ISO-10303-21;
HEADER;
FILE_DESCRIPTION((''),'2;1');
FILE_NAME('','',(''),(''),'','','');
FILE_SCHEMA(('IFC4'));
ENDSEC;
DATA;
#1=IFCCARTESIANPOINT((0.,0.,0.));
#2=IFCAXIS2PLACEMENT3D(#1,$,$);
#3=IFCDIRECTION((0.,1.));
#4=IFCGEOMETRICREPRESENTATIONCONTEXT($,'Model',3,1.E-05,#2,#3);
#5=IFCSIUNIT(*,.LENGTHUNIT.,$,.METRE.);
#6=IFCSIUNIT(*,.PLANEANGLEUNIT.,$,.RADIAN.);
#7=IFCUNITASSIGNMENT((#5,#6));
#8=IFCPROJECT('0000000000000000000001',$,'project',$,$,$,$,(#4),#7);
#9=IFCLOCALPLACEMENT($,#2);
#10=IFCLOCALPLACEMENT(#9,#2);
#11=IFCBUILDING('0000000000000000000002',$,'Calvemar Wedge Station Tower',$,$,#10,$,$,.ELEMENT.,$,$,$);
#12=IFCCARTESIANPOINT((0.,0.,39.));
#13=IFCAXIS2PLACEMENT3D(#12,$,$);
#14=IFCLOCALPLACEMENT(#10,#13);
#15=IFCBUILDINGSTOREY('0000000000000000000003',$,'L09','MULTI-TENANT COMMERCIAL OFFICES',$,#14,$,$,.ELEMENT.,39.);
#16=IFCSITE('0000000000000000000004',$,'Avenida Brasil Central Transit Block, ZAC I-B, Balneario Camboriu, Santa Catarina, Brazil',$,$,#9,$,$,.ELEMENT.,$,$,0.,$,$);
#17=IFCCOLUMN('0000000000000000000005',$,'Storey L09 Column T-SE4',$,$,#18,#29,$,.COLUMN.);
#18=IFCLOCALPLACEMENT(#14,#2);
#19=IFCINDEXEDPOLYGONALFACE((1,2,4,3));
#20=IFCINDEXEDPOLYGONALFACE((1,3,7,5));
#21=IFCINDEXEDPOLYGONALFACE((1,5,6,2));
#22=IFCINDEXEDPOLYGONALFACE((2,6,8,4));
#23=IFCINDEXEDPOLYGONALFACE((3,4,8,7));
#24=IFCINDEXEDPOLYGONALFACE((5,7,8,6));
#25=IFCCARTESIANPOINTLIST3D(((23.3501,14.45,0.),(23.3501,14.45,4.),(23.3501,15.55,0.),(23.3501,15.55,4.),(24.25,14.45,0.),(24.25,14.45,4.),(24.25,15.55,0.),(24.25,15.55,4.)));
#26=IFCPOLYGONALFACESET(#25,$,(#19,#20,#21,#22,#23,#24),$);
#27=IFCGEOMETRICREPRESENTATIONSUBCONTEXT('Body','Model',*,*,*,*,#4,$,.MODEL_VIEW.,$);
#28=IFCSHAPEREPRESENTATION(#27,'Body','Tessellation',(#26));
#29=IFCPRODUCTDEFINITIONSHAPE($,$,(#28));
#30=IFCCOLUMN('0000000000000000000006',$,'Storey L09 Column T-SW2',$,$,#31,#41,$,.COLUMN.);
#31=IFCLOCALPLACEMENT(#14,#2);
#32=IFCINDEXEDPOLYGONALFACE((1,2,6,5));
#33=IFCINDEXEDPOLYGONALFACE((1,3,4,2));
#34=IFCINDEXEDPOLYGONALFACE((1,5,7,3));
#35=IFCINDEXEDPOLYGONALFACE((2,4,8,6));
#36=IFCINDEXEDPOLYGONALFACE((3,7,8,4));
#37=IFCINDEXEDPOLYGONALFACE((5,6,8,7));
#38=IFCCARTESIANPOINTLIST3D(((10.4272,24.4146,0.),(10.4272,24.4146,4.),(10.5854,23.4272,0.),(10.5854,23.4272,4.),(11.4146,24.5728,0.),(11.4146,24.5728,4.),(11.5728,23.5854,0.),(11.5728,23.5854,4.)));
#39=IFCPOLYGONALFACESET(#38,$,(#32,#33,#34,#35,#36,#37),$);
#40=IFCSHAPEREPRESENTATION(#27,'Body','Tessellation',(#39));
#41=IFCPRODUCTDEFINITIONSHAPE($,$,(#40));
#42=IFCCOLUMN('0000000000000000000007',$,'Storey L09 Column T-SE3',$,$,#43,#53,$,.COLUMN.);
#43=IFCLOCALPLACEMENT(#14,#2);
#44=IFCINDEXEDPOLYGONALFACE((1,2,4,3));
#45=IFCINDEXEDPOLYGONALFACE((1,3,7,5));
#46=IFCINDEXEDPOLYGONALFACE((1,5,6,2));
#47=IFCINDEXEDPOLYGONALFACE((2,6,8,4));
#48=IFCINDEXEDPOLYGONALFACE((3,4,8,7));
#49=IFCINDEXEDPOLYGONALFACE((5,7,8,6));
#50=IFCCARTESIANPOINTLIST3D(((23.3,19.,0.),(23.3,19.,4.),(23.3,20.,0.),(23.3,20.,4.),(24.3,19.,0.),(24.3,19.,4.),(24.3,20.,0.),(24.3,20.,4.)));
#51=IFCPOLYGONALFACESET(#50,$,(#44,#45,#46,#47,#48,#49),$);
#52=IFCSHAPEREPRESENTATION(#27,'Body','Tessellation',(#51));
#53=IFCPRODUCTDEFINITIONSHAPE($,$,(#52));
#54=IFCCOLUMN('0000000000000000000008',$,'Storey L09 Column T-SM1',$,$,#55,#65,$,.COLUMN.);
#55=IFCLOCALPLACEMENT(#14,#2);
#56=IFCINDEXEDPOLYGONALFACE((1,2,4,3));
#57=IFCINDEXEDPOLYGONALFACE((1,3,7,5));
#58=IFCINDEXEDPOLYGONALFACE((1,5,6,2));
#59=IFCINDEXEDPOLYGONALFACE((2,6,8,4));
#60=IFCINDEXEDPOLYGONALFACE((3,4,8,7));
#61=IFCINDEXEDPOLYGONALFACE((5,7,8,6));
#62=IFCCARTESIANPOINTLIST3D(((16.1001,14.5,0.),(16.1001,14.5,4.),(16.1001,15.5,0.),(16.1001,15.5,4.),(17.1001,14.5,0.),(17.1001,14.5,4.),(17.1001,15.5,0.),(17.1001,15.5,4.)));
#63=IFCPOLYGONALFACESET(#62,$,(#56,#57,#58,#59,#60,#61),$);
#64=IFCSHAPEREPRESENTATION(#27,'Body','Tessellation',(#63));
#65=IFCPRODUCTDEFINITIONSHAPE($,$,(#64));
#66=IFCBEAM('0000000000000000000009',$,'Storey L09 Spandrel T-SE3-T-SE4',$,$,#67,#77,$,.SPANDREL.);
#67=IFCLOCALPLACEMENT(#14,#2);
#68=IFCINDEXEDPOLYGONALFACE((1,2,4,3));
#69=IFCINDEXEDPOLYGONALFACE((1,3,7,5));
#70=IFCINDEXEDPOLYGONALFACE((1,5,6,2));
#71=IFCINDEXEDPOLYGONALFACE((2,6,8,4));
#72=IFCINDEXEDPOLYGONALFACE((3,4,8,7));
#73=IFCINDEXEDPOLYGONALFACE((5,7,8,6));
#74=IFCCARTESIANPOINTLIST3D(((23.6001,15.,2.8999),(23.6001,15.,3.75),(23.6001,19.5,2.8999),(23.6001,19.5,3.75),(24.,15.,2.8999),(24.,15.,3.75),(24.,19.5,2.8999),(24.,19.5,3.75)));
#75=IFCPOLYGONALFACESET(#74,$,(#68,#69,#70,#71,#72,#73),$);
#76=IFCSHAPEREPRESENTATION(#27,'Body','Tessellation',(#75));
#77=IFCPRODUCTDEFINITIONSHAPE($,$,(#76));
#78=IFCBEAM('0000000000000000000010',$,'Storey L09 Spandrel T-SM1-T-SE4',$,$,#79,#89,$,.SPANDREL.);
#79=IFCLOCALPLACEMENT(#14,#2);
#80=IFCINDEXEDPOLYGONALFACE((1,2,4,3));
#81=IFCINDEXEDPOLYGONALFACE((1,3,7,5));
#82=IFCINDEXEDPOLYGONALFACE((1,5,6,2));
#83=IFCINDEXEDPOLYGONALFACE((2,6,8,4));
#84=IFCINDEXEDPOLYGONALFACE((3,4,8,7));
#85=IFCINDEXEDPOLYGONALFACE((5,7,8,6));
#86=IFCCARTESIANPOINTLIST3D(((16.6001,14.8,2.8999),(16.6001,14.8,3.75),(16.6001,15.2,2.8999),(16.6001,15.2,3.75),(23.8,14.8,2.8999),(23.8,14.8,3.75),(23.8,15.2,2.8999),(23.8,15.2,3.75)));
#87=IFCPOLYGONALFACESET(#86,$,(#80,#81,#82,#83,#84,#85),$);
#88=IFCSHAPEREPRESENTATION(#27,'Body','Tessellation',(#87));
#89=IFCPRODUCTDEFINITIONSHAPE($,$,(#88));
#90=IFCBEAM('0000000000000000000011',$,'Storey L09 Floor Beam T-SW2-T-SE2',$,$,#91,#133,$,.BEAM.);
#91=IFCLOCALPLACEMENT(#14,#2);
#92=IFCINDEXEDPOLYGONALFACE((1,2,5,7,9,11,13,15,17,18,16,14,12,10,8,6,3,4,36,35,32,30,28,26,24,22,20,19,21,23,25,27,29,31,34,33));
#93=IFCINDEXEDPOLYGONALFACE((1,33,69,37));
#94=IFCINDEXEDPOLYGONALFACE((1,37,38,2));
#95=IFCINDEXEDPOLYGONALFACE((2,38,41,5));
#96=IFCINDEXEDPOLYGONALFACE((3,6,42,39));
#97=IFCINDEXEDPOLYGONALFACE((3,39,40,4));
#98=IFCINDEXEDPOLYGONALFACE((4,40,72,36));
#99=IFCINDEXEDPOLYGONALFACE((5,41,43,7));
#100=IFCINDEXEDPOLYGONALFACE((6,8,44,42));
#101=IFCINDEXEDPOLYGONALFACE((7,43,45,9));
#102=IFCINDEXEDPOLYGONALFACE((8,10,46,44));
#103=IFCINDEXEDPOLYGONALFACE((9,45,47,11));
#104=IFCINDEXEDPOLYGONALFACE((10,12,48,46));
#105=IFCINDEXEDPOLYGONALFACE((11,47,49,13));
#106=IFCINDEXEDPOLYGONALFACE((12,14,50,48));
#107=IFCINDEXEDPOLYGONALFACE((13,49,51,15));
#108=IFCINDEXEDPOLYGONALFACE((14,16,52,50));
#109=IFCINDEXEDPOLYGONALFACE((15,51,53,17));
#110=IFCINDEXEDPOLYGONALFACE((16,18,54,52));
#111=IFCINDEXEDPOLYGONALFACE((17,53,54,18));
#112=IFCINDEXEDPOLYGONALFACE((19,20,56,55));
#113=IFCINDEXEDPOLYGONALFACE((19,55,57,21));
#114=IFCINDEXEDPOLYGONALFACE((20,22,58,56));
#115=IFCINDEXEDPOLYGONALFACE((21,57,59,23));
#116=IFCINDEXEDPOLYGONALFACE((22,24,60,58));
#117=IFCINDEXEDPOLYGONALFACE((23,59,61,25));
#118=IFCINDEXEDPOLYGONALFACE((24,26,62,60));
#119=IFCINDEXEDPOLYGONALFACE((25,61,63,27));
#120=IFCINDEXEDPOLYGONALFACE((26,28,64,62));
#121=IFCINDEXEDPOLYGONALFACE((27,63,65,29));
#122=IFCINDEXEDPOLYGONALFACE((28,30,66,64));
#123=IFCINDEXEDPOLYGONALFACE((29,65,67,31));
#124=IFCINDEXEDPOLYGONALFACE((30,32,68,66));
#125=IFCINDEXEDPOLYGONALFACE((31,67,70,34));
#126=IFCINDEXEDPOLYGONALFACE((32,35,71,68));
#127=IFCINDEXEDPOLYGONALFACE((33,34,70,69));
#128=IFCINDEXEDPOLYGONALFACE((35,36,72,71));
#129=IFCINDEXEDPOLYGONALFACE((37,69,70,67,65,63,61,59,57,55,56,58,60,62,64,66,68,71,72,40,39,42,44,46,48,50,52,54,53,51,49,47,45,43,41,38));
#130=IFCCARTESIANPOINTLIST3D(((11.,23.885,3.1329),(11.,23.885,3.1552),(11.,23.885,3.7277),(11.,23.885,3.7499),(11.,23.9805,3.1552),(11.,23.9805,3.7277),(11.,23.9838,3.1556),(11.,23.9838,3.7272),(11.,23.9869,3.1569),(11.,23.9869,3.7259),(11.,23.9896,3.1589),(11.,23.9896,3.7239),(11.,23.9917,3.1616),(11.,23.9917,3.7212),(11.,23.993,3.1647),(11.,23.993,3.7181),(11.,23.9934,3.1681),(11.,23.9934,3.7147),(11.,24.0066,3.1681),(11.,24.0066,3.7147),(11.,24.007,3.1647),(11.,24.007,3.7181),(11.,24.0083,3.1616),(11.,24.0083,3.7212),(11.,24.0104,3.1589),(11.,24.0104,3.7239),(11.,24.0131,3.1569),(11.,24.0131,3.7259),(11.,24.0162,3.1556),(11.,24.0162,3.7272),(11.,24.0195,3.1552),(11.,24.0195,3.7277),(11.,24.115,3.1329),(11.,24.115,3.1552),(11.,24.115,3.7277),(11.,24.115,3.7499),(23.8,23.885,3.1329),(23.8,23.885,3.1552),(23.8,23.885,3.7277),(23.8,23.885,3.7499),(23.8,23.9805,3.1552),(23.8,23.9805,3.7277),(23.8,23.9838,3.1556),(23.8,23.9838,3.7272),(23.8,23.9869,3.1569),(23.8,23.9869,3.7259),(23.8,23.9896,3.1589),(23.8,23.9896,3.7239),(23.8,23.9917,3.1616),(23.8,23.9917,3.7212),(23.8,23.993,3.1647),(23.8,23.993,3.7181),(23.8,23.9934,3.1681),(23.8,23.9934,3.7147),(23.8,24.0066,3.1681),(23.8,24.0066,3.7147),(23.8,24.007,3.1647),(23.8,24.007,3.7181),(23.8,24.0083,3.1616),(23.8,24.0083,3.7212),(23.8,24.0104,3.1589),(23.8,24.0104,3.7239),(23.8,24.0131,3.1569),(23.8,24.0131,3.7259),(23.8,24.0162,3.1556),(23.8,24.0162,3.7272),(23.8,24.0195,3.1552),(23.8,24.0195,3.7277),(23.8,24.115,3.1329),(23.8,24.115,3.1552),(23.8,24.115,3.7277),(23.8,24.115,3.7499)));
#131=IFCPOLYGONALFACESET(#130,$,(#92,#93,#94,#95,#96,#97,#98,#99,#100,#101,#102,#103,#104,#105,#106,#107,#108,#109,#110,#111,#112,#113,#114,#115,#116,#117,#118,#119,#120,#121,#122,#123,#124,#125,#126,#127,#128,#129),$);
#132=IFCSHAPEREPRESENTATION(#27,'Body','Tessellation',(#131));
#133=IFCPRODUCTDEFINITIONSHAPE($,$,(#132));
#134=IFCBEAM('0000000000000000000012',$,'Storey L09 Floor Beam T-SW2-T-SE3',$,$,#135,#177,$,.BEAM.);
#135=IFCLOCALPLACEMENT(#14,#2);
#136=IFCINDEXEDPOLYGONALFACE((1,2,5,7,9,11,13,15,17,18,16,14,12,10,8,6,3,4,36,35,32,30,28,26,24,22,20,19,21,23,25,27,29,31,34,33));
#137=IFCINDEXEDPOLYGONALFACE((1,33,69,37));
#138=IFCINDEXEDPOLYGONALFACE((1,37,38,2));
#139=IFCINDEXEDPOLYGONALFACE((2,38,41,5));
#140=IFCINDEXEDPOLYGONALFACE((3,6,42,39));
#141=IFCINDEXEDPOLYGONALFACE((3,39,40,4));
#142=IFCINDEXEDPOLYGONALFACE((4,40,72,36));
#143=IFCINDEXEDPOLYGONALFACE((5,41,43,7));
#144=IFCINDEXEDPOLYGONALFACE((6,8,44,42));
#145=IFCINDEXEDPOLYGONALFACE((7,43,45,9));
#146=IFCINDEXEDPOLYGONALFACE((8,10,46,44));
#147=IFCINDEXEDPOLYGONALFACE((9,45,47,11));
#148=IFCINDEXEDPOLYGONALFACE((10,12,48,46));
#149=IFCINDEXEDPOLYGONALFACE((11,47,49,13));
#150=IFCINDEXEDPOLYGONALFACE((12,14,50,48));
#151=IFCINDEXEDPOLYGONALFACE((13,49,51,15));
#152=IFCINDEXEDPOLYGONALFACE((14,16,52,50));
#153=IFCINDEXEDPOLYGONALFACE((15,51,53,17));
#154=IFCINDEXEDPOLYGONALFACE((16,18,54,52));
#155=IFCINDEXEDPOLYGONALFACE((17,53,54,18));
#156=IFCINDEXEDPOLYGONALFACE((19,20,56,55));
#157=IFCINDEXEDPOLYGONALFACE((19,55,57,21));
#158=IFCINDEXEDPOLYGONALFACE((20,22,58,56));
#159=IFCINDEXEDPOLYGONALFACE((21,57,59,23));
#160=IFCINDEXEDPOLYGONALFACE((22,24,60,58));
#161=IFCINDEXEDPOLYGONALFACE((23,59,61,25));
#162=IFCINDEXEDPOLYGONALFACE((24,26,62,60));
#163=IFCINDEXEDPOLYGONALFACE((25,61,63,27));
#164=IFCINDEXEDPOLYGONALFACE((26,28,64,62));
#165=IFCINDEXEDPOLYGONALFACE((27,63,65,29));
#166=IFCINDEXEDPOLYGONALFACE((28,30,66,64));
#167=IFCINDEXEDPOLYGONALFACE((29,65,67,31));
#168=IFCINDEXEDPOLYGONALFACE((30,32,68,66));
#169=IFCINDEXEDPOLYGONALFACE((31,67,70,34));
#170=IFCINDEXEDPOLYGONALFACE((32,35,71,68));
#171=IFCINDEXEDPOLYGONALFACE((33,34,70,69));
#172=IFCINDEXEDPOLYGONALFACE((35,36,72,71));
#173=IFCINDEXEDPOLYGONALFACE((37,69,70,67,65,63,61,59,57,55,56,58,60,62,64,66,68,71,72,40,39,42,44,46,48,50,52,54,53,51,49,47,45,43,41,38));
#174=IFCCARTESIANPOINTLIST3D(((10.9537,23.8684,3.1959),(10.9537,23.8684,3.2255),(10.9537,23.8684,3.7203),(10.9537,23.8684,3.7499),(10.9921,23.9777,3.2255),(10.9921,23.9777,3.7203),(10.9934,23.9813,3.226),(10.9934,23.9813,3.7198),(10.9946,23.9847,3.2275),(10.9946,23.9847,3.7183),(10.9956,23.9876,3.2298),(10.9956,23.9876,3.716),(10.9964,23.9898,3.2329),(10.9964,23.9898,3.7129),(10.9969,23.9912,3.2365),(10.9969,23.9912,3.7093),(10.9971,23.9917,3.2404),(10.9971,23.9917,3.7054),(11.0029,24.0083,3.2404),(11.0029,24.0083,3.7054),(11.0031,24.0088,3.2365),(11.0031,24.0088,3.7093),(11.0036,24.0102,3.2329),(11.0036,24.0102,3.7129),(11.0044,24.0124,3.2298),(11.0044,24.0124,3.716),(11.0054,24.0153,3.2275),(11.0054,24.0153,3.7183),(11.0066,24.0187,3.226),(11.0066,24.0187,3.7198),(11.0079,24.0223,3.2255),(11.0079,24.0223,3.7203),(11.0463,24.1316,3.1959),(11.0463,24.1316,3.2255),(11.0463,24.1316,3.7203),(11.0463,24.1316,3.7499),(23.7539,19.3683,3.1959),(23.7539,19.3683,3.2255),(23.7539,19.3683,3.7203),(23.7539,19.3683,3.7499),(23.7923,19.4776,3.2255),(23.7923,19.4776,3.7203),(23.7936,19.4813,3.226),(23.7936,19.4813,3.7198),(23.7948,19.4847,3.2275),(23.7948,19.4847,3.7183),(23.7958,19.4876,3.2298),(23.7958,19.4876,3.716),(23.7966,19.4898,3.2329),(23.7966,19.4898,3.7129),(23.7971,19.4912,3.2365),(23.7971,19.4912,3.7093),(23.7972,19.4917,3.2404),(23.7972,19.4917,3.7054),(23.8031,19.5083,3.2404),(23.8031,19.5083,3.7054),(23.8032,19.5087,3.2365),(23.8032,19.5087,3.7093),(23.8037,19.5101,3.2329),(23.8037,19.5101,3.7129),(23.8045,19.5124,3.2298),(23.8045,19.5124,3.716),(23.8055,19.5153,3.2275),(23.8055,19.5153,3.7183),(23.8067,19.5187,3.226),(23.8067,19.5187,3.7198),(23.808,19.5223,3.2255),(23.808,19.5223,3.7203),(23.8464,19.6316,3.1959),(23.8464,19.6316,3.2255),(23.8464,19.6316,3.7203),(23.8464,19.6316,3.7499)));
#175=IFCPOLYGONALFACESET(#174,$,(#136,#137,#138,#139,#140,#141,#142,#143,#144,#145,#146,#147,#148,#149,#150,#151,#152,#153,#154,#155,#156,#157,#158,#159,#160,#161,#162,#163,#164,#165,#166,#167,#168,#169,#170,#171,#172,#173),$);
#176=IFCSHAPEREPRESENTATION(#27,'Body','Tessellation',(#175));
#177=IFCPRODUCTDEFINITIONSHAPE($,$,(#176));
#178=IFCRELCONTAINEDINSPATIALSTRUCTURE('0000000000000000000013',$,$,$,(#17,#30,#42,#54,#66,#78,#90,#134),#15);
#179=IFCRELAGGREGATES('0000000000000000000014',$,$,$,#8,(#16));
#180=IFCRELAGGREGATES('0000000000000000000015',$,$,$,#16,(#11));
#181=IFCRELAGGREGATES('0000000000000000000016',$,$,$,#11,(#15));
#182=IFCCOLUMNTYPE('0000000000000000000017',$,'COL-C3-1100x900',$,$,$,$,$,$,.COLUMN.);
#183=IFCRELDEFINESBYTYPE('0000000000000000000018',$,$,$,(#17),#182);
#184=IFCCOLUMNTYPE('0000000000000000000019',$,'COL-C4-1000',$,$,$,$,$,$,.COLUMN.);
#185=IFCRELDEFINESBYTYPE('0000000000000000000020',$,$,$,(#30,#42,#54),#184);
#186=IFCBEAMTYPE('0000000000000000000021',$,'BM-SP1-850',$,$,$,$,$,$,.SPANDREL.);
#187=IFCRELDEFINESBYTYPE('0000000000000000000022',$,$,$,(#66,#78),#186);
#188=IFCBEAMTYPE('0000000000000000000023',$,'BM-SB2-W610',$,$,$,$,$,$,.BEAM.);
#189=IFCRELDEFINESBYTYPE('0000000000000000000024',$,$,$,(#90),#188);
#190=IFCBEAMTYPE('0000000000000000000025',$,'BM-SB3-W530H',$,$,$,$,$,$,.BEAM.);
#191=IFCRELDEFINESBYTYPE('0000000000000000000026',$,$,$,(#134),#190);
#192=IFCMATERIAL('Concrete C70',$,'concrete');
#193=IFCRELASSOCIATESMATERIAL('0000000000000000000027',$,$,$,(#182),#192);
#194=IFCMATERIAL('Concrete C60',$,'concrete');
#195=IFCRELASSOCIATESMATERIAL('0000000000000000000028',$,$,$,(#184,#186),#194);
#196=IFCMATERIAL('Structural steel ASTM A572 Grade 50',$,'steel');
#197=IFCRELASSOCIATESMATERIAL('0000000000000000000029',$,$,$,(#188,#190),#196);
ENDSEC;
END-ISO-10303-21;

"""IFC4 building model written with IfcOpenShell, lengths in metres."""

from ifc_helpers import new_model, si_unit, direction, frame, origin, origin_2d, place, context, subcontext, project, spatial, rectangle, i_section, extrude, source, transform, mapped, material, material_profile, profile_set, type_object, element, save


model = new_model("IFC4")

# Units and contexts
model_context = context("Model", 3, precision=1e-05, world=origin(), true_north=direction((0.0, 1.0)))
body_context = subcontext(model_context, "Body", "Model", "MODEL_VIEW")
ifc_project = project(units=[si_unit("LENGTHUNIT", "METRE"), si_unit("PLANEANGLEUNIT", "RADIAN")], contexts=[model_context])

# Site, building, storey
site_placement = place(None, origin())
site = spatial("IfcSite", under=ifc_project, at=site_placement, Name="Avenida Brasil Central Transit Block, ZAC I-B, Balneario Camboriu, Santa Catarina, Brazil", CompositionType="ELEMENT", RefElevation=0.0)
building_placement = place(site_placement, origin())
building = spatial("IfcBuilding", under=site, at=building_placement, Name="Calvemar Wedge Station Tower", CompositionType="ELEMENT")
storey_placement = place(building_placement, frame((0.0, 0.0, 39.0)))
storey = spatial("IfcBuildingStorey", under=building, at=storey_placement, Name="L09", Description="MULTI-TENANT COMMERCIAL OFFICES", CompositionType="ELEMENT", Elevation=39.0)

# Columns
ifc_material_1 = material(Name="Concrete C70", Category="concrete")
ifc_material_profile_1 = material_profile(ifc_material_1, rectangle(XDim=0.8999, YDim=1.1001, at=origin_2d()), Name="RC1100x900")
ifc_profile_set_1 = profile_set([ifc_material_profile_1], Name="Concrete C70")
column_type_1 = type_object("IfcColumnType", Name="COL-C3-1100x900", PredefinedType="COLUMN", material=ifc_profile_set_1)
shared_shape_1 = source(origin(), body_context, "Body", "SweptSolid", [
    extrude(rectangle(XDim=0.8999, YDim=1.1001, at=origin_2d()), origin(), (0.0, 0.0, 1.0), 4.0),
])
column_placement = place(storey_placement, frame((23.8, 15.0, 0.0), z_axis=(0.0, 0.0, 1.0), x_axis=(1.0, 0.0, 0.0)))
element("IfcColumn", 1, at=column_placement, inside=storey, type_object=column_type_1, Name="Storey L09 Column T-SE4", PredefinedType="COLUMN", context=body_context, shape_type="MappedRepresentation", body=[
    mapped(shared_shape_1, transform((0.0, 0.0, 0.0), scale=1.0)),
])
ifc_material_2 = material(Name="Concrete C60", Category="concrete")
ifc_material_profile_2 = material_profile(ifc_material_2, rectangle(XDim=1.0, YDim=1.0, at=origin_2d()), Name="RC1000x1000")
ifc_profile_set_2 = profile_set([ifc_material_profile_2], Name="Concrete C60")
column_type_2 = type_object("IfcColumnType", Name="COL-C4-1000", PredefinedType="COLUMN", material=ifc_profile_set_2)
shared_shape_2 = source(origin(), body_context, "Body", "SweptSolid", [
    extrude(rectangle(XDim=1.0, YDim=1.0, at=origin_2d()), origin(), (0.0, 0.0, 1.0), 4.0),
])
for number, where, z_axis, x_axis, name in (
    (2, (11.0, 24.0, 0.0), (0.0, 0.0, 1.0), (0.158158, -0.987414, 0.0), "Storey L09 Column T-SW2"),
    (3, (23.8, 19.5, 0.0), (0.0, 0.0, 1.0), (1.0, 0.0, 0.0), "Storey L09 Column T-SE3"),
    (4, (16.6001, 15.0, 0.0), (0.0, 0.0, 1.0), (1.0, 0.0, 0.0), "Storey L09 Column T-SM1"),
):
    element("IfcColumn", number, at=place(storey_placement, frame(where, z_axis=z_axis, x_axis=x_axis)), inside=storey, type_object=column_type_2, Name=name, PredefinedType="COLUMN", context=body_context, shape_type="MappedRepresentation", body=[
        mapped(shared_shape_2, transform((0.0, 0.0, 0.0), scale=1.0)),
    ])

# Beams
ifc_material_profile_3 = material_profile(ifc_material_2, rectangle(XDim=0.3999, YDim=0.8501, at=origin_2d()), Name="RC400x850")
ifc_profile_set_3 = profile_set([ifc_material_profile_3], Name="Concrete C60")
beam_type_1 = type_object("IfcBeamType", Name="BM-SP1-850", PredefinedType="SPANDREL", material=ifc_profile_set_3)
shared_shape_3 = source(origin(), body_context, "Body", "SweptSolid", [
    extrude(rectangle(XDim=0.3999, YDim=0.8501, at=origin_2d()), origin(), (0.0, 0.0, 1.0), 4.5),
])
beam_1_placement = place(storey_placement, frame((23.8, 19.5, 3.325), z_axis=(0.0, -1.0, 0.0), x_axis=(1.0, 0.0, 0.0)))
element("IfcBeam", 5, at=beam_1_placement, inside=storey, type_object=beam_type_1, Name="Storey L09 Spandrel T-SE3-T-SE4", PredefinedType="SPANDREL", context=body_context, shape_type="MappedRepresentation", body=[
    mapped(shared_shape_3, transform((0.0, 0.0, 0.0), scale=1.0)),
])
shared_shape_4 = source(origin(), body_context, "Body", "SweptSolid", [
    extrude(rectangle(XDim=0.3999, YDim=0.8501, at=origin_2d()), origin(), (0.0, 0.0, 1.0), 7.2),
])
beam_2_placement = place(storey_placement, frame((16.6001, 15.0, 3.325), z_axis=(1.0, 0.0, 0.0), x_axis=(0.0, 1.0, 0.0)))
element("IfcBeam", 6, at=beam_2_placement, inside=storey, type_object=beam_type_1, Name="Storey L09 Spandrel T-SM1-T-SE4", PredefinedType="SPANDREL", context=body_context, shape_type="MappedRepresentation", body=[
    mapped(shared_shape_4, transform((0.0, 0.0, 0.0), scale=1.0)),
])
ifc_material_3 = material(Name="Structural steel ASTM A572 Grade 50", Category="steel")
ifc_material_profile_4 = material_profile(ifc_material_3, i_section(OverallWidth=0.23, OverallDepth=0.6169, WebThickness=0.0132, FlangeThickness=0.0222, FilletRadius=0.0129, at=origin_2d()), Name="W610x140")
ifc_profile_set_4 = profile_set([ifc_material_profile_4], Name="Structural steel ASTM A572 Grade 50")
beam_type_2 = type_object("IfcBeamType", Name="BM-SB2-W610", PredefinedType="BEAM", material=ifc_profile_set_4)
shared_shape_5 = source(origin(), body_context, "Body", "SweptSolid", [
    extrude(i_section(OverallWidth=0.23, OverallDepth=0.6169, WebThickness=0.0132, FlangeThickness=0.0222, FilletRadius=0.0129, at=origin_2d()), origin(), (0.0, 0.0, 1.0), 12.8),
])
beam_3_placement = place(storey_placement, frame((11.0, 24.0, 3.4414), z_axis=(1.0, 0.0, 0.0), x_axis=(0.0, 1.0, 0.0)))
element("IfcBeam", 7, at=beam_3_placement, inside=storey, type_object=beam_type_2, Name="Storey L09 Floor Beam T-SW2-T-SE2", PredefinedType="BEAM", context=body_context, shape_type="MappedRepresentation", body=[
    mapped(shared_shape_5, transform((0.0, 0.0, 0.0), scale=1.0)),
])
ifc_material_profile_5 = material_profile(ifc_material_3, i_section(OverallWidth=0.2791, OverallDepth=0.554, WebThickness=0.0176, FlangeThickness=0.0295, FilletRadius=0.0149, at=origin_2d()), Name="W530x196")
ifc_profile_set_5 = profile_set([ifc_material_profile_5], Name="Structural steel ASTM A572 Grade 50")
beam_type_3 = type_object("IfcBeamType", Name="BM-SB3-W530H", PredefinedType="BEAM", material=ifc_profile_set_5)
shared_shape_6 = source(origin(), body_context, "Body", "SweptSolid", [
    extrude(i_section(OverallWidth=0.2791, OverallDepth=0.554, WebThickness=0.0176, FlangeThickness=0.0295, FilletRadius=0.0149, at=origin_2d()), origin(), (0.0, 0.0, 1.0), 13.5681),
])
beam_4_placement = place(storey_placement, frame((11.0, 24.0, 3.4729), z_axis=(0.943398, -0.331662, 0.0), x_axis=(0.331662, 0.943398, 0.0)))
element("IfcBeam", 8, at=beam_4_placement, inside=storey, type_object=beam_type_3, Name="Storey L09 Floor Beam T-SW2-T-SE3", PredefinedType="BEAM", context=body_context, shape_type="MappedRepresentation", body=[
    mapped(shared_shape_6, transform((0.0, 0.0, 0.0), scale=1.0)),
])

save(model, "model.ifc")
